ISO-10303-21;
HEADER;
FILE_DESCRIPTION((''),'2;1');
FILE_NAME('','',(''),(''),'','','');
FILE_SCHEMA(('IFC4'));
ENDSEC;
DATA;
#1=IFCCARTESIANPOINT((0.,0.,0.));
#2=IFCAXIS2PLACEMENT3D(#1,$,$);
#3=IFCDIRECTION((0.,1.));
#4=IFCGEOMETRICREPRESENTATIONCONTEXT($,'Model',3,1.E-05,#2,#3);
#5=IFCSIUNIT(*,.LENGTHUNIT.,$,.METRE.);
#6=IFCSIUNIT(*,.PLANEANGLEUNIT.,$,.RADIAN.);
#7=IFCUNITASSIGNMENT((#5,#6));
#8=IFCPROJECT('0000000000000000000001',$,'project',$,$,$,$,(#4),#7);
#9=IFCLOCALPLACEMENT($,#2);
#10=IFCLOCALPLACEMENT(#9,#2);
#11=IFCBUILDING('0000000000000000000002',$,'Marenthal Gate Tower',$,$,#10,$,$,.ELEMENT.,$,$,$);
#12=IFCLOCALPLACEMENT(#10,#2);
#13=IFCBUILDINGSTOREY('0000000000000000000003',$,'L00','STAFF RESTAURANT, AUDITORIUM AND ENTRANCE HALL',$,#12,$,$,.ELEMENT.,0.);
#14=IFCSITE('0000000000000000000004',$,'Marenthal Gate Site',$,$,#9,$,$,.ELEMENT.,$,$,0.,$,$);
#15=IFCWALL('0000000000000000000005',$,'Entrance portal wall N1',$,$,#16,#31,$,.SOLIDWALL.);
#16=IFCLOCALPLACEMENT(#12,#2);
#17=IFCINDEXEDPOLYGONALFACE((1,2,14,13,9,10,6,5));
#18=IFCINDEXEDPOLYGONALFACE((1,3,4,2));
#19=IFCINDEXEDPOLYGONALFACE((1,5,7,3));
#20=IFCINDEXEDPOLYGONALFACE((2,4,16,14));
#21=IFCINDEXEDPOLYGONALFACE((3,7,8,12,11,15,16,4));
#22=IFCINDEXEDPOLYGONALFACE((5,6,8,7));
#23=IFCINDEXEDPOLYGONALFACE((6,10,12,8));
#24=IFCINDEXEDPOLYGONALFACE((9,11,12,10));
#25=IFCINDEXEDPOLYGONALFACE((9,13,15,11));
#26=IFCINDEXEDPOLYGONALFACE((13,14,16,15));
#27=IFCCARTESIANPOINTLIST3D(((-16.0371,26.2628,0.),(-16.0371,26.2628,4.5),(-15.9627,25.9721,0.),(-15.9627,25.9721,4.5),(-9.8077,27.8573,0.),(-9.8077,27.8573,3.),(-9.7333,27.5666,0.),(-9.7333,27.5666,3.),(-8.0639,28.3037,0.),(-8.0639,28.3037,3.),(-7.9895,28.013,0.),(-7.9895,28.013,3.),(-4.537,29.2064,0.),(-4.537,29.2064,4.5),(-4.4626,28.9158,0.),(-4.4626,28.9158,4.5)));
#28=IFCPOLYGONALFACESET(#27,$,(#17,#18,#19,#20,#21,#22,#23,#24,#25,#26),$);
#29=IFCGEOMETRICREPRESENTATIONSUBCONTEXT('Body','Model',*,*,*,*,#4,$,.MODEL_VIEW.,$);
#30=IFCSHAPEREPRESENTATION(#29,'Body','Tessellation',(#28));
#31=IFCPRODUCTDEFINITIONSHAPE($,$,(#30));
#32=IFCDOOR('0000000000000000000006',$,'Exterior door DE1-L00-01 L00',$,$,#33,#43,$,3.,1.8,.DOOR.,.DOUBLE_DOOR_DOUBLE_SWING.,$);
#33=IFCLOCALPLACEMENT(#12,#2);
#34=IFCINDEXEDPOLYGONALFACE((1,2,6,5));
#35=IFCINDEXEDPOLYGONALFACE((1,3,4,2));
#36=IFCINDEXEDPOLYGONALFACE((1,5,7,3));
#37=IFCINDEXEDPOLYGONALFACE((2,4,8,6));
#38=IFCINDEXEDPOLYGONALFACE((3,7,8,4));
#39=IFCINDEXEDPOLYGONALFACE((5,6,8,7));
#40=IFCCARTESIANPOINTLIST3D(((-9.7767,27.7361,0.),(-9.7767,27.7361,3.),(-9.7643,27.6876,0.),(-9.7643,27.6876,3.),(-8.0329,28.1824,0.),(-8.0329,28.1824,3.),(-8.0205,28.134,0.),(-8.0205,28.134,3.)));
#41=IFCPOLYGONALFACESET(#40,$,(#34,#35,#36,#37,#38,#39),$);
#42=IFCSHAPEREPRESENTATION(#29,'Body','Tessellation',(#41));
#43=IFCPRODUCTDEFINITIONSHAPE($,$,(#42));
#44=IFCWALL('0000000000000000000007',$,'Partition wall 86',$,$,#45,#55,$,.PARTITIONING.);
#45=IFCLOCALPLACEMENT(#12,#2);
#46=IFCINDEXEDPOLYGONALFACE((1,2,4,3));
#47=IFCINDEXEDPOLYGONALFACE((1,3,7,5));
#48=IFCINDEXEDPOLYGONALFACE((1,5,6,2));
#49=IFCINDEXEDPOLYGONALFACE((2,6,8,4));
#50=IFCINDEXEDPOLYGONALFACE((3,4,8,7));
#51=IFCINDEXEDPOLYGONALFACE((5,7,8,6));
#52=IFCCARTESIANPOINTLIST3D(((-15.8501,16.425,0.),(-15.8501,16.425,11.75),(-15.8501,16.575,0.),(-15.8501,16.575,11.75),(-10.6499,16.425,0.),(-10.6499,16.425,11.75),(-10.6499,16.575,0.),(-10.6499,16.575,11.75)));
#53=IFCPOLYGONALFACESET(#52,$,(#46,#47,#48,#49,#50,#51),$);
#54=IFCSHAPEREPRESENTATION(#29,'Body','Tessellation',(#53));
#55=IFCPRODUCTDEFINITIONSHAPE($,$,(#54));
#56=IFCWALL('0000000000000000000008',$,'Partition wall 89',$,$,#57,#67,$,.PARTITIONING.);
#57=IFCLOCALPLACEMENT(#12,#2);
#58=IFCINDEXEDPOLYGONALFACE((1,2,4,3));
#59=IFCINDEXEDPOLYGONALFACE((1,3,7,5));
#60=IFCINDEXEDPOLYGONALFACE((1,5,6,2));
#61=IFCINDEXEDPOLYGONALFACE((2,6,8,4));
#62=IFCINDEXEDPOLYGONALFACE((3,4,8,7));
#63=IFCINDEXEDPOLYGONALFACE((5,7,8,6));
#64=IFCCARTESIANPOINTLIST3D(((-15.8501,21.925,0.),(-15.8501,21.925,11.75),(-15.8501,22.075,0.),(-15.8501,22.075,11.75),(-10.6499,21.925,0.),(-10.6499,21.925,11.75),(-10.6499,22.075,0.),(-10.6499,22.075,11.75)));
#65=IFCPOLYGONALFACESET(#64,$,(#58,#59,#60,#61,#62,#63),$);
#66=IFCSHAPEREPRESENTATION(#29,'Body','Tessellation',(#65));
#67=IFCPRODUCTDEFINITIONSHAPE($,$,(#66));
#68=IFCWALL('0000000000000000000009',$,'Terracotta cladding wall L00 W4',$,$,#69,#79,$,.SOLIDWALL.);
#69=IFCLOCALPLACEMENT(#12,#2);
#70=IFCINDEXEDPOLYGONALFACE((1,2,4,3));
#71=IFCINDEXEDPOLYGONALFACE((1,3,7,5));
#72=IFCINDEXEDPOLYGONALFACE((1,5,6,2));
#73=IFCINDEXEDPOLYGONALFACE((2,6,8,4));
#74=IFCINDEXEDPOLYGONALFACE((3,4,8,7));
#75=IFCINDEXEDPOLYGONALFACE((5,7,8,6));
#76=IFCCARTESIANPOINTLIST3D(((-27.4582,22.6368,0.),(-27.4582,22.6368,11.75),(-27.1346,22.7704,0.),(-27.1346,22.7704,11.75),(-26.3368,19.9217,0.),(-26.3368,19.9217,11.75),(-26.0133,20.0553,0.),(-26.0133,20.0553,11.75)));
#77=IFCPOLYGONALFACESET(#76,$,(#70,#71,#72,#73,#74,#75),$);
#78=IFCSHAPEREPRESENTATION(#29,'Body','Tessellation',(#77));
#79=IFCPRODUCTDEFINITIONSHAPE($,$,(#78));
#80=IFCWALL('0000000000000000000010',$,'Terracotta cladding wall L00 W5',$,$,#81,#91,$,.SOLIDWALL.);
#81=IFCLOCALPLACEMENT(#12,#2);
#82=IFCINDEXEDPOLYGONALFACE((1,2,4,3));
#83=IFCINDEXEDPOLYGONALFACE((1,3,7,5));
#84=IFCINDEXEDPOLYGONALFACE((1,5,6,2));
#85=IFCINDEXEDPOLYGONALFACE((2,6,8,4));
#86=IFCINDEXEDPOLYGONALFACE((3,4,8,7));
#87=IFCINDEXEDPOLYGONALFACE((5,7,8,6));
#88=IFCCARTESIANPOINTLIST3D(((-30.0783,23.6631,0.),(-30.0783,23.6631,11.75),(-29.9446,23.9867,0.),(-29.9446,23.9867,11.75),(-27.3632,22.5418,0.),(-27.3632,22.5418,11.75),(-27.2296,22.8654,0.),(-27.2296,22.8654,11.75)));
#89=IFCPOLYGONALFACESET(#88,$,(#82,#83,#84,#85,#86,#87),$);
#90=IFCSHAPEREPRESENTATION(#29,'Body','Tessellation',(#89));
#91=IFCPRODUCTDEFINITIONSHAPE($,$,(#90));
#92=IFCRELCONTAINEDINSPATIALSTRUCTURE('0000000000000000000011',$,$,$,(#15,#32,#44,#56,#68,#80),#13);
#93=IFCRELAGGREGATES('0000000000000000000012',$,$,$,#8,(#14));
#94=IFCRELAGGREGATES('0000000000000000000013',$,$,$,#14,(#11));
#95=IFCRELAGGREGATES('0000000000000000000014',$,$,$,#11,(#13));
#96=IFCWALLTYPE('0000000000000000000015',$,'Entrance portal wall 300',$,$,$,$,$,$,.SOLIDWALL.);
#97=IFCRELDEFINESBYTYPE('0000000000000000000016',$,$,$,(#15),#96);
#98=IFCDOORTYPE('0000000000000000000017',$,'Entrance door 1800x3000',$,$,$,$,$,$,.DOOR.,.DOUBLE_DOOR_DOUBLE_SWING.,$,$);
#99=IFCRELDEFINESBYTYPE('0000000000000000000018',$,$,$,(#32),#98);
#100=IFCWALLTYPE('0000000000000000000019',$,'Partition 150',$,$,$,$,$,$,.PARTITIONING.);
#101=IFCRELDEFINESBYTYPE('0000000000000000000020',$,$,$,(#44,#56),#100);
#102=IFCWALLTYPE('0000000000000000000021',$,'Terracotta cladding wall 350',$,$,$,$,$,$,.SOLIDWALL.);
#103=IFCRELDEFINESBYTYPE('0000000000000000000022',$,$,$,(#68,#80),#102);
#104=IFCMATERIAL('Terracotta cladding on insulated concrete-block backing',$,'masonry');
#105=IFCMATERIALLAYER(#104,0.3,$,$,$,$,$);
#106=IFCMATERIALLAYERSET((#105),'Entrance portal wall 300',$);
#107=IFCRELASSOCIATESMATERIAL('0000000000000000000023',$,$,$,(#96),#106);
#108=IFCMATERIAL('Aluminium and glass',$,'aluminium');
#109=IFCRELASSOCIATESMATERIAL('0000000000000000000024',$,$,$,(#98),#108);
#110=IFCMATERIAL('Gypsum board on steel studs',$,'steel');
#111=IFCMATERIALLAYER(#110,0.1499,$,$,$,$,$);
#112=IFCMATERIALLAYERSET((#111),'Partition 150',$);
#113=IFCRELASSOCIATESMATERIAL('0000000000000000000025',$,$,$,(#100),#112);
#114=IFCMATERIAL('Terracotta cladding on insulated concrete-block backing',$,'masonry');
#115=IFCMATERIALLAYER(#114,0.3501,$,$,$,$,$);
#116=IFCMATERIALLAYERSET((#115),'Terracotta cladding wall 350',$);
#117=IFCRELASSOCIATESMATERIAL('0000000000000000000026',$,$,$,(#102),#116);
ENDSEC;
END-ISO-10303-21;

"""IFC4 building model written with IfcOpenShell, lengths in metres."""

from ifc_helpers import new_model, si_unit, direction, frame, frame_2d, origin, place, context, subcontext, project, spatial, rectangle, extrude, material, layer, layer_set, type_object, element, fill, save


model = new_model("IFC4")

# Units and contexts
model_context = context("Model", 3, precision=1e-05, world=origin(), true_north=direction((0.0, 1.0)))
body_context = subcontext(model_context, "Body", "Model", "MODEL_VIEW")
ifc_project = project(units=[si_unit("LENGTHUNIT", "METRE"), si_unit("PLANEANGLEUNIT", "RADIAN")], contexts=[model_context])

# Site, building, storey
site_placement = place(None, origin())
site = spatial("IfcSite", under=ifc_project, at=site_placement, Name="Marenthal Gate Site", CompositionType="ELEMENT", RefElevation=0.0)
building_placement = place(site_placement, origin())
building = spatial("IfcBuilding", under=site, at=building_placement, Name="Marenthal Gate Tower", CompositionType="ELEMENT")
storey_placement = place(building_placement, origin())
storey = spatial("IfcBuildingStorey", under=building, at=storey_placement, Name="L00", Description="STAFF RESTAURANT, AUDITORIUM AND ENTRANCE HALL", CompositionType="ELEMENT", Elevation=0.0)

# Wall, opening, door
ifc_material_1 = material(Name="Terracotta cladding on insulated concrete-block backing", Category="masonry")
ifc_layer_1 = layer(ifc_material_1, 0.3)
ifc_layer_set_1 = layer_set([ifc_layer_1], Name="Entrance portal wall 300")
wall_type_1 = type_object("IfcWallType", Name="Entrance portal wall 300", PredefinedType="SOLIDWALL", material=ifc_layer_set_1)
wall_placement = place(storey_placement, frame((-16.0, 26.1174, 0.0), z_axis=(0.0, 0.0, 1.0), x_axis=(0.968767, 0.247971, 0.0)))
wall = element("IfcWall", 1, at=wall_placement, inside=storey, type_object=wall_type_1, Name="Entrance portal wall N1", PredefinedType="SOLIDWALL", context=body_context, shape_type="SweptSolid", body=[
    extrude(rectangle(XDim=11.8708, YDim=0.3, at=frame_2d((5.9355, 0.0))), origin(), (0.0, 0.0, 1.0), 4.5),
])
opening_placement = place(wall_placement, frame((6.4304, 0.0, 0.0)))
opening = element("IfcOpeningElement", 2, at=opening_placement, cuts=wall, PredefinedType="OPENING", context=body_context, shape_type="SweptSolid", body=[
    extrude(rectangle(XDim=1.8, YDim=3.0, at=frame_2d((0.8999, 1.5))), frame((0.0, 0.1602, 0.0), z_axis=(0.0, -1.0, 0.0), x_axis=(1.0, 0.0, 0.0)), (0.0, 0.0, 1.0), 0.3201),
])
ifc_material_2 = material(Name="Aluminium and glass", Category="aluminium")
door_type = type_object("IfcDoorType", Name="Entrance door 1800x3000", OperationType="DOUBLE_DOOR_DOUBLE_SWING", PredefinedType="DOOR", material=ifc_material_2)
door_placement = place(opening_placement, origin())
door = element("IfcDoor", 3, at=door_placement, inside=storey, type_object=door_type, Name="Exterior door DE1-L00-01 L00", OperationType="DOUBLE_DOOR_DOUBLE_SWING", OverallHeight=3.0, OverallWidth=1.8, PredefinedType="DOOR", context=body_context, shape_type="SweptSolid", body=[
    extrude(rectangle(XDim=1.8, YDim=3.0, at=frame_2d((0.8999, 1.5))), frame((0.0, 0.0249, 0.0), z_axis=(0.0, -1.0, 0.0), x_axis=(1.0, 0.0, 0.0)), (0.0, 0.0, 1.0), 0.05),
])
fill(opening, door)

# Walls
ifc_material_3 = material(Name="Gypsum board on steel studs", Category="steel")
ifc_layer_2 = layer(ifc_material_3, 0.1499)
ifc_layer_set_2 = layer_set([ifc_layer_2], Name="Partition 150")
wall_type_2 = type_object("IfcWallType", Name="Partition 150", PredefinedType="PARTITIONING", material=ifc_layer_set_2)
for number, where, z_axis, x_axis, name in (
    (4, (-15.8501, 16.5, 0.0), (0.0, 0.0, 1.0), (1.0, 0.0, 0.0), "Partition wall 86"),
    (5, (-15.8501, 22.0, 0.0), (0.0, 0.0, 1.0), (1.0, 0.0, 0.0), "Partition wall 89"),
):
    element("IfcWall", number, at=place(storey_placement, frame(where, z_axis=z_axis, x_axis=x_axis)), inside=storey, type_object=wall_type_2, Name=name, PredefinedType="PARTITIONING", context=body_context, shape_type="SweptSolid", body=[
        extrude(rectangle(XDim=5.2002, YDim=0.1499, at=frame_2d((2.6001, 0.0))), origin(), (0.0, 0.0, 1.0), 11.75),
    ])
ifc_material_4 = material(Name="Terracotta cladding on insulated concrete-block backing", Category="masonry")
ifc_layer_3 = layer(ifc_material_4, 0.3501)
ifc_layer_set_3 = layer_set([ifc_layer_3], Name="Terracotta cladding wall 350")
wall_type_3 = type_object("IfcWallType", Name="Terracotta cladding wall 350", PredefinedType="SOLIDWALL", material=ifc_layer_set_3)
for number, where, z_axis, x_axis, name in (
    (6, (-26.175, 19.9885, 0.0), (0.0, 0.0, 1.0), (-0.381728, 0.924275, 0.0), "Terracotta cladding wall L00 W4"),
    (7, (-27.2964, 22.7036, 0.0), (0.0, 0.0, 1.0), (-0.924275, 0.381728, 0.0), "Terracotta cladding wall L00 W5"),
):
    element("IfcWall", number, at=place(storey_placement, frame(where, z_axis=z_axis, x_axis=x_axis)), inside=storey, type_object=wall_type_3, Name=name, PredefinedType="SOLIDWALL", context=body_context, shape_type="SweptSolid", body=[
        extrude(rectangle(XDim=2.9375, YDim=0.3501, at=frame_2d((1.4688, 0.0))), origin(), (0.0, 0.0, 1.0), 11.75),
    ])

save(model, "model.ifc")
